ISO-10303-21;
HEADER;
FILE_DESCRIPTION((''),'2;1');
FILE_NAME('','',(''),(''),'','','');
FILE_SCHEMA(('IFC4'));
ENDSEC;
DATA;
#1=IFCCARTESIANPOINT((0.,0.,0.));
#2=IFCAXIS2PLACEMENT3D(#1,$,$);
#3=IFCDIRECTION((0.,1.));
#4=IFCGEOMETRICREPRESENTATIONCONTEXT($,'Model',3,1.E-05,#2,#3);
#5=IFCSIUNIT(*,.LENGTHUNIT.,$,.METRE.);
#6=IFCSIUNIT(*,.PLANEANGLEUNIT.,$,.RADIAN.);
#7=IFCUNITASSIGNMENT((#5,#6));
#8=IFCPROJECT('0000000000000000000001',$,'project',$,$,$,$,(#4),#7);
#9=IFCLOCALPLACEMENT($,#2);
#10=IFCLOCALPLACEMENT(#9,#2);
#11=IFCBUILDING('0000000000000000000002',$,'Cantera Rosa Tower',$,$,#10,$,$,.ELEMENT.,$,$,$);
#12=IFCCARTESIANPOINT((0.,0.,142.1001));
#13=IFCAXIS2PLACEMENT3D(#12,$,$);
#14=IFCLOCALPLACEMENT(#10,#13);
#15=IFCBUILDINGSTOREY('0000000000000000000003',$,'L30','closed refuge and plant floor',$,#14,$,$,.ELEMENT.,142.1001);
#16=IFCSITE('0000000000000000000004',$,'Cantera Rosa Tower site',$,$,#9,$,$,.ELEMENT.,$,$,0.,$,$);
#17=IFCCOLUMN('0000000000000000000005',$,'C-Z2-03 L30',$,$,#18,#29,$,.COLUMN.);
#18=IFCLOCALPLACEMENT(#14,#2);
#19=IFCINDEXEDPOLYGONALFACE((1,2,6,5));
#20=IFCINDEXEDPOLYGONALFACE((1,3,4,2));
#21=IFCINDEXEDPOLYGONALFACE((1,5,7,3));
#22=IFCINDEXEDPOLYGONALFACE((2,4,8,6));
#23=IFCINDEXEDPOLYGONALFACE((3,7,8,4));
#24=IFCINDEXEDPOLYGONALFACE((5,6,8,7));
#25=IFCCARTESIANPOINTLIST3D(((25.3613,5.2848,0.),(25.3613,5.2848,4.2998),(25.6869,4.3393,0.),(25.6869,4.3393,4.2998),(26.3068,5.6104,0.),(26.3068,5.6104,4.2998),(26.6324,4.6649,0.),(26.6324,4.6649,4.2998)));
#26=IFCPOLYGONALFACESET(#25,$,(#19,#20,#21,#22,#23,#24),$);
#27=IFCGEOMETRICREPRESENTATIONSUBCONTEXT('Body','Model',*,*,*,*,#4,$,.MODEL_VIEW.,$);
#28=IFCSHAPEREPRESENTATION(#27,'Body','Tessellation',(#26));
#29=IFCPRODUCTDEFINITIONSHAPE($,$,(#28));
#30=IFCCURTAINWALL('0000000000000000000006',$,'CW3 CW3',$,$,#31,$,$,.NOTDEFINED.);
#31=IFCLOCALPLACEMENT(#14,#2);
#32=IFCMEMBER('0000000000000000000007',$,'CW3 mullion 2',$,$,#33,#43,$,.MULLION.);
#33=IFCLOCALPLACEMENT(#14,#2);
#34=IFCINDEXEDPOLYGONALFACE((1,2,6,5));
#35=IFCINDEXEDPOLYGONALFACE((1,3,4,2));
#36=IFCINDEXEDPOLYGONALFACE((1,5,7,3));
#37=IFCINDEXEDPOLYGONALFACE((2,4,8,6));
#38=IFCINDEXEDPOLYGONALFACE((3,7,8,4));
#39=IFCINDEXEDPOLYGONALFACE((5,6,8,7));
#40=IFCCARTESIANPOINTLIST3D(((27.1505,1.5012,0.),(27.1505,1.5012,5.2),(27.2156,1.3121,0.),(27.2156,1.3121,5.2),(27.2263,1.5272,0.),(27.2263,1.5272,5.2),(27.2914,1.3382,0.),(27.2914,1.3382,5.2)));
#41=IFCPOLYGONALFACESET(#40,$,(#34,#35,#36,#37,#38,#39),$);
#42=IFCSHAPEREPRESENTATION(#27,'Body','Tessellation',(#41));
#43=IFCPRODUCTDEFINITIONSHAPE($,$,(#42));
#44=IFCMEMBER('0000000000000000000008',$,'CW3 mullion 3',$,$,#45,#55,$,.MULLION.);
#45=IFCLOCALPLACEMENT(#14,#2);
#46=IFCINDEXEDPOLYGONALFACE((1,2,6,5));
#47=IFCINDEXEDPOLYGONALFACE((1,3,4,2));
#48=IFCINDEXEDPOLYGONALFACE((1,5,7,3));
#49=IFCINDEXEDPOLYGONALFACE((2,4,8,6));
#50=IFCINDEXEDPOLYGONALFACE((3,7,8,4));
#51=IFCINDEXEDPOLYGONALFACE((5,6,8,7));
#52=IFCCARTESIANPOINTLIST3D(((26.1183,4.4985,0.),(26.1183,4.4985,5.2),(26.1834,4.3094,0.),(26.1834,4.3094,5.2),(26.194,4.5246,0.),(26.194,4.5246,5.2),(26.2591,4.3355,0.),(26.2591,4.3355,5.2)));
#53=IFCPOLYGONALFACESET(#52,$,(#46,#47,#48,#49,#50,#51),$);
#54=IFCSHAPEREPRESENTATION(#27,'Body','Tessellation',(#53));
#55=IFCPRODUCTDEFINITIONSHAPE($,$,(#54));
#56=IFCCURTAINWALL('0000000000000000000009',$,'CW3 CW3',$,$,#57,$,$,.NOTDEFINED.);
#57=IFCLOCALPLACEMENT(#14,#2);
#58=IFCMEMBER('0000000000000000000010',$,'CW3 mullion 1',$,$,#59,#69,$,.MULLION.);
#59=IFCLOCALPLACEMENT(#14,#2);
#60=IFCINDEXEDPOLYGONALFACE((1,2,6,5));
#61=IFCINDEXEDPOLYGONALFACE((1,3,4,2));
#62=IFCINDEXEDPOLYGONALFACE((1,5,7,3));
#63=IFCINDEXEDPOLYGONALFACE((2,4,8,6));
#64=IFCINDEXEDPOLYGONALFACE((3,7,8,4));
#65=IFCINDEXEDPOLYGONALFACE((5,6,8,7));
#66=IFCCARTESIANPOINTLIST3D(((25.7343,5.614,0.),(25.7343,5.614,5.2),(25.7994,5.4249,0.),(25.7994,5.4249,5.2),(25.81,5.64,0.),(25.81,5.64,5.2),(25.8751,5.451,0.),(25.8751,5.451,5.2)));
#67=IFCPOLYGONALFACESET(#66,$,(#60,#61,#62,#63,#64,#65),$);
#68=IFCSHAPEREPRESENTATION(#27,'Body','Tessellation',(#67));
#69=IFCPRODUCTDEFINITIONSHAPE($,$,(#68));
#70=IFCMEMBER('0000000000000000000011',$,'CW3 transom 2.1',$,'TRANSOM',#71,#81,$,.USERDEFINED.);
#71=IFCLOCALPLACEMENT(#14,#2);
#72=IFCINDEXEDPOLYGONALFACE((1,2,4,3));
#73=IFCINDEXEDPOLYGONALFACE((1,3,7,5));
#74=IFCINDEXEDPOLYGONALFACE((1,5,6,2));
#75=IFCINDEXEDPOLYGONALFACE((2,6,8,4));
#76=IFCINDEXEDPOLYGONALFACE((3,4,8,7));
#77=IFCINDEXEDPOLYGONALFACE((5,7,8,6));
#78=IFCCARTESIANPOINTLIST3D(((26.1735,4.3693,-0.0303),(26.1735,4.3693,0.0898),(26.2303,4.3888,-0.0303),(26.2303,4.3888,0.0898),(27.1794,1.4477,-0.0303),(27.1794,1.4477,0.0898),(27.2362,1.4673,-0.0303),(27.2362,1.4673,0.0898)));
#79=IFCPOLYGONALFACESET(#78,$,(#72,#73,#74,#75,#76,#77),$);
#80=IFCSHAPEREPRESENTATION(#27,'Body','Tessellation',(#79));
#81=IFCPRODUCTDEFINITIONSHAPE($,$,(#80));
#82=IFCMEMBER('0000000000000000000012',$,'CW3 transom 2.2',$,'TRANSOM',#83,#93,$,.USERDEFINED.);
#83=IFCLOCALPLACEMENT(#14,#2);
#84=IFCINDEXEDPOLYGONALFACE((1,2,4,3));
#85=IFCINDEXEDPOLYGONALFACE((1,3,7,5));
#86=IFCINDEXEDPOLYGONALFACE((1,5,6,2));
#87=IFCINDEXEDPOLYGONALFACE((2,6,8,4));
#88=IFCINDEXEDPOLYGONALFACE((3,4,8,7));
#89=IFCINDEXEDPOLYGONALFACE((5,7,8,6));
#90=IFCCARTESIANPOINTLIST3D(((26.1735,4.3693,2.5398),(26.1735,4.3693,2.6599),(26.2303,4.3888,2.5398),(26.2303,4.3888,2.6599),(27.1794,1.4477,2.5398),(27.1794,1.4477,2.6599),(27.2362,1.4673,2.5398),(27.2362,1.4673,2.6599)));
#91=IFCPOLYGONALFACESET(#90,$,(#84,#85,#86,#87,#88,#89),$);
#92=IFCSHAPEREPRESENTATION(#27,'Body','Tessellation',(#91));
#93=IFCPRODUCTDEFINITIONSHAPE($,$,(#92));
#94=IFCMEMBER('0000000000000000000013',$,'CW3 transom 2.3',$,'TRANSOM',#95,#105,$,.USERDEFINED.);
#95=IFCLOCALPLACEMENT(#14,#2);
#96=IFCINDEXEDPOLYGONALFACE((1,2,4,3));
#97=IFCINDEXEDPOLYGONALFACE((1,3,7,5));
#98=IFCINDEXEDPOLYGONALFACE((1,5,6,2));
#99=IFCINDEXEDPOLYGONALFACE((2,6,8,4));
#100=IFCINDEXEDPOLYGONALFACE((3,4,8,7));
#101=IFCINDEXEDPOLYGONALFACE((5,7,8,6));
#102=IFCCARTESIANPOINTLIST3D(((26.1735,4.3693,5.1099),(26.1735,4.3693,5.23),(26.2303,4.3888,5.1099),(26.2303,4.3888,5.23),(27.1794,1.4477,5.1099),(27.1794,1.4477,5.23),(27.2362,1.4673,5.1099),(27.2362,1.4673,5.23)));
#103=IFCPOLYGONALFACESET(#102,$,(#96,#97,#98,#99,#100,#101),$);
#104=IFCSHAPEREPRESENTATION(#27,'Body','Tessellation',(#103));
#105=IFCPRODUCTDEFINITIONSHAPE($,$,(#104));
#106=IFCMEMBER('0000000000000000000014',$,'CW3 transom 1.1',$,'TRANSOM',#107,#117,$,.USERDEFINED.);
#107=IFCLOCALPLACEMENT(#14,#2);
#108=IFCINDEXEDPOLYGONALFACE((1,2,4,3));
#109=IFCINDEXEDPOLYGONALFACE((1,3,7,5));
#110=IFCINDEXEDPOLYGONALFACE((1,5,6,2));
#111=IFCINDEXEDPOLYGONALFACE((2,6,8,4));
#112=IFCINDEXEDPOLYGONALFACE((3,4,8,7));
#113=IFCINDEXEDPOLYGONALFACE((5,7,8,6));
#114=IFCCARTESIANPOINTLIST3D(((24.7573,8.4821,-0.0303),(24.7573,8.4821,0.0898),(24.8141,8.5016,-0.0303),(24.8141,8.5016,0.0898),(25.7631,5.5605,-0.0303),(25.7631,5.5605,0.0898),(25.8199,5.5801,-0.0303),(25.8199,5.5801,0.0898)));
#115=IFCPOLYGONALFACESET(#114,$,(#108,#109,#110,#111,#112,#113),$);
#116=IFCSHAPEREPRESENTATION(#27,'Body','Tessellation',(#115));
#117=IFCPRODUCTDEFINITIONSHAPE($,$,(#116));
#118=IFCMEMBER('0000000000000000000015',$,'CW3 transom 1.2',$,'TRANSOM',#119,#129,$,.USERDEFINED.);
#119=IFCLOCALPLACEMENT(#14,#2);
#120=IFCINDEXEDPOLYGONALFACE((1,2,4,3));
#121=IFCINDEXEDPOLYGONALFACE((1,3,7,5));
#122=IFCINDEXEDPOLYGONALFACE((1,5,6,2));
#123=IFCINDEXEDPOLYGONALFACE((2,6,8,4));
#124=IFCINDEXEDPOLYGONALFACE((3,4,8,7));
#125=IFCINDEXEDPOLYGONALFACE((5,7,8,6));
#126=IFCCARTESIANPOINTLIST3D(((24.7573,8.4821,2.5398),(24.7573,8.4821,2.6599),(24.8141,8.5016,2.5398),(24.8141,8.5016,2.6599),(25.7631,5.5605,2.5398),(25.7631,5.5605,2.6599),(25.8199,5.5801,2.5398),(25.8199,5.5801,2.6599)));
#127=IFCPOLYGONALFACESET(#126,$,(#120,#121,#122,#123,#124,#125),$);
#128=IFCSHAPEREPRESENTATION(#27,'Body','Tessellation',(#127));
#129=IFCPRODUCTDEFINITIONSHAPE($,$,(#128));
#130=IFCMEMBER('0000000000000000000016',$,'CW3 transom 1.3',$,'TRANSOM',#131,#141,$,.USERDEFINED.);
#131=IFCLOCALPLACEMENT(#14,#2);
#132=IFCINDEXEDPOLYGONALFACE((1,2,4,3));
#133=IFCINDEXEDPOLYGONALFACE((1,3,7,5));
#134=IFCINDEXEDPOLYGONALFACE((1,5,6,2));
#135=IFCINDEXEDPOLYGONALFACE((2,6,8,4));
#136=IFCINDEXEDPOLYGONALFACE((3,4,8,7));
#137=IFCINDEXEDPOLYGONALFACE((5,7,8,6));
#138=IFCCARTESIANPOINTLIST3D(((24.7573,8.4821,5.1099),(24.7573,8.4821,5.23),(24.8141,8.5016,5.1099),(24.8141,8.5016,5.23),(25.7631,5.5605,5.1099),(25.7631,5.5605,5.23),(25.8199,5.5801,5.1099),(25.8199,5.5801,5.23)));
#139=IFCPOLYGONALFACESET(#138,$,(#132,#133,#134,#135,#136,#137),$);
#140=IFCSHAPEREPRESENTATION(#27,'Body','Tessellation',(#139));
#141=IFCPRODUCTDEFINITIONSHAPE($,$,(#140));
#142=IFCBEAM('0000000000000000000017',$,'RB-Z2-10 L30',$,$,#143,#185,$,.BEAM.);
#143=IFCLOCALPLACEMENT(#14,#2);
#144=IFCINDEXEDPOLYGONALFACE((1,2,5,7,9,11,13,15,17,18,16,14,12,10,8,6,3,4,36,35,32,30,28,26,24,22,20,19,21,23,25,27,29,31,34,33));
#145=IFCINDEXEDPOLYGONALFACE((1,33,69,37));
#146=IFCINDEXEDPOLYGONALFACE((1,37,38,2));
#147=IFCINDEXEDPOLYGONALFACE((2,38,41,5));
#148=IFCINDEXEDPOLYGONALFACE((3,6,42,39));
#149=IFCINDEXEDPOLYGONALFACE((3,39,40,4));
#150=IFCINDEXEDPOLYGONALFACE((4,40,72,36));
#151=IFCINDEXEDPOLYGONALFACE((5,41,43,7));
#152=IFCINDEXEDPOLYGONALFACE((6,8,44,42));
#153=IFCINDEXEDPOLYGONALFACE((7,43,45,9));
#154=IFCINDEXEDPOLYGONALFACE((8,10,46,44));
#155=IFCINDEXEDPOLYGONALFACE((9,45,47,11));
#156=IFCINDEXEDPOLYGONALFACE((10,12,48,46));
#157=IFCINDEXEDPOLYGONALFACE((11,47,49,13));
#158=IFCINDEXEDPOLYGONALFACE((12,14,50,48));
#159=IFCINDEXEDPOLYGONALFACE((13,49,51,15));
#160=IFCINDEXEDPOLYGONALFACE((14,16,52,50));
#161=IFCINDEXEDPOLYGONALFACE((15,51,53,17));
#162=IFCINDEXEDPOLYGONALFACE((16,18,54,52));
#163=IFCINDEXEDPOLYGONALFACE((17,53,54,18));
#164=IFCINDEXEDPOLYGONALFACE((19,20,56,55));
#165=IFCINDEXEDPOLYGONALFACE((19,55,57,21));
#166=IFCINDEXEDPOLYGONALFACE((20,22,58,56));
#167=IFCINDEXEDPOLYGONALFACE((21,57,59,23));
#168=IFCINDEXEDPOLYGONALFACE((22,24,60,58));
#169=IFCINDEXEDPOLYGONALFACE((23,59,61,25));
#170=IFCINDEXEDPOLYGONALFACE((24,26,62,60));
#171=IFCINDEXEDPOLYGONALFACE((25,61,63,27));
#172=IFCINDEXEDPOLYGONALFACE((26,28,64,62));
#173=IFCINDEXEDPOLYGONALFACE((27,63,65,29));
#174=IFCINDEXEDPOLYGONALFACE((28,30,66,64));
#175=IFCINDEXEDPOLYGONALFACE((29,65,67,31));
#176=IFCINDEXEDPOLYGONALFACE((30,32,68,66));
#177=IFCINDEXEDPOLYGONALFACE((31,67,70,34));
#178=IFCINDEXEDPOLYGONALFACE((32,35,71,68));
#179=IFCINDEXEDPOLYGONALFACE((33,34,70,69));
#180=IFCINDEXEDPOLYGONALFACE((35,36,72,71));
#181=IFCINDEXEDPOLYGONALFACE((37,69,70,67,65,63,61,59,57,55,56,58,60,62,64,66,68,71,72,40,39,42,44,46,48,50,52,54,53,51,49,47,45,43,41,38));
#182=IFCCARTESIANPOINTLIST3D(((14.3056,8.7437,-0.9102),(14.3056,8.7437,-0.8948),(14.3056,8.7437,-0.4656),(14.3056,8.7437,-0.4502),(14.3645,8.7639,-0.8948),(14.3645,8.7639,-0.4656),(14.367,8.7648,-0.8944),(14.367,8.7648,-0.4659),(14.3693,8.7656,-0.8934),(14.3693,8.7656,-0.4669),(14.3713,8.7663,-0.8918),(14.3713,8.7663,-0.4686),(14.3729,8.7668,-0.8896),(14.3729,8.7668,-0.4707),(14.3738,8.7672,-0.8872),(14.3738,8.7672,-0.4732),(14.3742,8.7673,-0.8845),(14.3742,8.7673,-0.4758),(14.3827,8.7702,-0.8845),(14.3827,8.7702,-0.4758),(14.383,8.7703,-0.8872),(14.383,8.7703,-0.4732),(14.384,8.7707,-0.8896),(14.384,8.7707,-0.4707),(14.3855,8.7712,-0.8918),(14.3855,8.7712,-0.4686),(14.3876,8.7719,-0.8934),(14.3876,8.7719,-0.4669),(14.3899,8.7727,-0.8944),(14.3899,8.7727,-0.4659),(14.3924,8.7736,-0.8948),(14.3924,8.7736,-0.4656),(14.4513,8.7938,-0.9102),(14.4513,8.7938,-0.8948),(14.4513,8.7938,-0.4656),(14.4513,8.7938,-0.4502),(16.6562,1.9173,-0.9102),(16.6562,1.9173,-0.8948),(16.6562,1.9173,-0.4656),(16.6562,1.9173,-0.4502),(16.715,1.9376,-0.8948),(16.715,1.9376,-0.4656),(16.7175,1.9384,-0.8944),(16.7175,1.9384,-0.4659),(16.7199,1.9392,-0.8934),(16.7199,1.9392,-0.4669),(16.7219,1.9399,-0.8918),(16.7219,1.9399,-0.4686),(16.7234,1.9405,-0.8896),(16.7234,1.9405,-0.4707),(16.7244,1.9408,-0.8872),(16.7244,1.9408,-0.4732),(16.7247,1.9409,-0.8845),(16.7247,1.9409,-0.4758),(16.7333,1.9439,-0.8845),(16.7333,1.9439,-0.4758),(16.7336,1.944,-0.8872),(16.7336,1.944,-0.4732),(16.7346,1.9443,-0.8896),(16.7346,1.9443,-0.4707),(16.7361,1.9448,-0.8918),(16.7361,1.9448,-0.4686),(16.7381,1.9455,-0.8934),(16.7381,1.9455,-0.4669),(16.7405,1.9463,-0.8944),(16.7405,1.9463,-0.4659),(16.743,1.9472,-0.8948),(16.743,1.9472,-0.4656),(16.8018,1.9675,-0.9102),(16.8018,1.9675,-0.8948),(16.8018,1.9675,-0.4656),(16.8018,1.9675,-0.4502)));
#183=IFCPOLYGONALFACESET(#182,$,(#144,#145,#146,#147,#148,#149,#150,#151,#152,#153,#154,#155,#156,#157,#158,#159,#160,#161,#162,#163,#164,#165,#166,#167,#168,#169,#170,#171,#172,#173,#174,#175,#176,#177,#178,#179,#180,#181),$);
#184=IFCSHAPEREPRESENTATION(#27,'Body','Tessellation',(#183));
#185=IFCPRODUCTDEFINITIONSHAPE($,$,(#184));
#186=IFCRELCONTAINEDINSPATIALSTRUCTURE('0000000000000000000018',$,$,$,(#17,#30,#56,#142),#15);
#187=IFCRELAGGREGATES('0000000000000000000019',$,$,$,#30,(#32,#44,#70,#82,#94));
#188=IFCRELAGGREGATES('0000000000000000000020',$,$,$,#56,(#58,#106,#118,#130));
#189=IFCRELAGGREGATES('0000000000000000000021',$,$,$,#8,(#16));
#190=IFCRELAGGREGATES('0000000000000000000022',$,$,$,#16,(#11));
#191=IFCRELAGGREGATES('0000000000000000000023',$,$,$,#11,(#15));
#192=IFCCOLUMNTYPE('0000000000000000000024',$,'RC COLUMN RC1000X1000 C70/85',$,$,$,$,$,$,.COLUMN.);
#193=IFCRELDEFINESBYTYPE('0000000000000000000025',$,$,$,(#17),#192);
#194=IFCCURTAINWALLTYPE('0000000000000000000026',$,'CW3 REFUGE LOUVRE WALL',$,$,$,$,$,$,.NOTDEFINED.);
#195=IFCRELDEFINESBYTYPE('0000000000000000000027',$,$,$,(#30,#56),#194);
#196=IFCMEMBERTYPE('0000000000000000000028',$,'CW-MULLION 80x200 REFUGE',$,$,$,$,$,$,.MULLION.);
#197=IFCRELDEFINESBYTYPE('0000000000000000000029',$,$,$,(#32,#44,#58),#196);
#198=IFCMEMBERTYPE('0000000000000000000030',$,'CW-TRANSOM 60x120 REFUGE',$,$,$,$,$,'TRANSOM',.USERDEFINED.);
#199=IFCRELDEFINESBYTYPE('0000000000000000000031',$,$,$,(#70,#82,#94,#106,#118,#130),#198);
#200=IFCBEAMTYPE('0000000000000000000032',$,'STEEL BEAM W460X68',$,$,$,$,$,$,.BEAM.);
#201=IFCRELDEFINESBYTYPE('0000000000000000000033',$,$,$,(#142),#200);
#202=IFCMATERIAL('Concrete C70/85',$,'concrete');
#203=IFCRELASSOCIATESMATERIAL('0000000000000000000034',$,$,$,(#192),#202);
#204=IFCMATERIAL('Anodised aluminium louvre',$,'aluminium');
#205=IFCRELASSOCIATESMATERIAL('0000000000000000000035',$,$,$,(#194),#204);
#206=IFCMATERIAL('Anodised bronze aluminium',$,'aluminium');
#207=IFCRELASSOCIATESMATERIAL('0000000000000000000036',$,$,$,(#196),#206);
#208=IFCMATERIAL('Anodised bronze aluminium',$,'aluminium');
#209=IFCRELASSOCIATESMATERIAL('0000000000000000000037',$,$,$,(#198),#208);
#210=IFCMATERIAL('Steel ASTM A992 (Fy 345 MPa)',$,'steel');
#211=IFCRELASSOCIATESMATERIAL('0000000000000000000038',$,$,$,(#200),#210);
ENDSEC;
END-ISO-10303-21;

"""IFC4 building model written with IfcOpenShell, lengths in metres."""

from ifc_helpers import new_model, si_unit, direction, frame, origin, origin_2d, place, context, subcontext, project, spatial, rectangle, i_section, extrude, material, material_profile, profile_set, type_object, element, aggregate, save


model = new_model("IFC4")

# Units and contexts
model_context = context("Model", 3, precision=1e-05, world=origin(), true_north=direction((0.0, 1.0)))
body_context = subcontext(model_context, "Body", "Model", "MODEL_VIEW")
ifc_project = project(units=[si_unit("LENGTHUNIT", "METRE"), si_unit("PLANEANGLEUNIT", "RADIAN")], contexts=[model_context])

# Site, building, storey
site_placement = place(None, origin())
site = spatial("IfcSite", under=ifc_project, at=site_placement, Name="Cantera Rosa Tower site", CompositionType="ELEMENT", RefElevation=0.0)
building_placement = place(site_placement, origin())
building = spatial("IfcBuilding", under=site, at=building_placement, Name="Cantera Rosa Tower", CompositionType="ELEMENT")
storey_placement = place(building_placement, frame((0.0, 0.0, 142.1001)))
storey = spatial("IfcBuildingStorey", under=building, at=storey_placement, Name="L30", Description="closed refuge and plant floor", CompositionType="ELEMENT", Elevation=142.1001)

# Column
ifc_material_1 = material(Name="Concrete C70/85", Category="concrete")
ifc_material_profile_1 = material_profile(ifc_material_1, rectangle(XDim=1.0, YDim=1.0, at=origin_2d()), Name="RC COLUMN RC1000X1000 C70/85")
ifc_profile_set_1 = profile_set([ifc_material_profile_1], Name="Concrete C70/85")
column_type = type_object("IfcColumnType", Name="RC COLUMN RC1000X1000 C70/85", PredefinedType="COLUMN", material=ifc_profile_set_1)
column_placement = place(storey_placement, frame((25.9968, 4.9749, 0.0), z_axis=(0.0, 0.0, 1.0), x_axis=(0.945519, 0.325568, 0.0)))
element("IfcColumn", 1, at=column_placement, inside=storey, type_object=column_type, Name="C-Z2-03 L30", PredefinedType="COLUMN", context=body_context, shape_type="SweptSolid", body=[
    extrude(rectangle(XDim=1.0, YDim=1.0, at=origin_2d()), origin(), (0.0, 0.0, 1.0), 4.2998),
])

# Curtain wall, members
ifc_material_2 = material(Name="Anodised aluminium louvre", Category="aluminium")
curtain_wall_type = type_object("IfcCurtainWallType", Name="CW3 REFUGE LOUVRE WALL", PredefinedType="NOTDEFINED", material=ifc_material_2)
curtain_wall_1_placement = place(storey_placement, origin())
curtain_wall_1 = element("IfcCurtainWall", 2, at=curtain_wall_1_placement, inside=storey, type_object=curtain_wall_type, Name="CW3 CW3", PredefinedType="NOTDEFINED")
ifc_material_3 = material(Name="Anodised bronze aluminium", Category="aluminium")
ifc_material_profile_2 = material_profile(ifc_material_3, rectangle(XDim=0.0801, YDim=0.2, at=origin_2d()), Name="CW-MULLION 80x200 REFUGE")
ifc_profile_set_2 = profile_set([ifc_material_profile_2], Name="Anodised bronze aluminium")
member_type_1 = type_object("IfcMemberType", Name="CW-MULLION 80x200 REFUGE", PredefinedType="MULLION", material=ifc_profile_set_2)
member_1_placement = place(storey_placement, frame((27.2209, 1.4197, 0.0), z_axis=(0.0, 0.0, 1.0), x_axis=(-0.945519, -0.325568, 0.0)))
member_1 = element("IfcMember", 3, at=member_1_placement, type_object=member_type_1, Name="CW3 mullion 2", PredefinedType="MULLION", context=body_context, shape_type="SweptSolid", body=[
    extrude(rectangle(XDim=0.0801, YDim=0.2, at=origin_2d()), origin(), (0.0, 0.0, 1.0), 5.2),
])
member_2_placement = place(storey_placement, frame((26.1887, 4.417, 0.0), z_axis=(0.0, 0.0, 1.0), x_axis=(-0.945519, -0.325568, 0.0)))
member_2 = element("IfcMember", 4, at=member_2_placement, type_object=member_type_1, Name="CW3 mullion 3", PredefinedType="MULLION", context=body_context, shape_type="SweptSolid", body=[
    extrude(rectangle(XDim=0.0801, YDim=0.2, at=origin_2d()), origin(), (0.0, 0.0, 1.0), 5.2),
])

# Curtain wall, member
curtain_wall_2_placement = place(storey_placement, origin())
curtain_wall_2 = element("IfcCurtainWall", 5, at=curtain_wall_2_placement, inside=storey, type_object=curtain_wall_type, Name="CW3 CW3", PredefinedType="NOTDEFINED")
member_3_placement = place(storey_placement, frame((25.8047, 5.5325, 0.0), z_axis=(0.0, 0.0, 1.0), x_axis=(-0.945519, -0.325568, 0.0)))
member_3 = element("IfcMember", 6, at=member_3_placement, type_object=member_type_1, Name="CW3 mullion 1", PredefinedType="MULLION", context=body_context, shape_type="SweptSolid", body=[
    extrude(rectangle(XDim=0.0801, YDim=0.2, at=origin_2d()), origin(), (0.0, 0.0, 1.0), 5.2),
])

# Members
ifc_material_4 = material(Name="Anodised bronze aluminium", Category="aluminium")
ifc_material_profile_3 = material_profile(ifc_material_4, rectangle(XDim=0.0601, YDim=0.1201, at=origin_2d()), Name="CW-TRANSOM 60x120 REFUGE")
ifc_profile_set_3 = profile_set([ifc_material_profile_3], Name="Anodised bronze aluminium")
member_type_2 = type_object("IfcMemberType", Name="CW-TRANSOM 60x120 REFUGE", ElementType="TRANSOM", PredefinedType="USERDEFINED", material=ifc_profile_set_3)
member_4_placement = place(storey_placement, frame((27.2078, 1.4575, 0.0298), z_axis=(-0.325528, 0.945532, 0.0), x_axis=(-0.945532, -0.325528, 0.0)))
member_4 = element("IfcMember", 7, at=member_4_placement, type_object=member_type_2, Name="CW3 transom 2.1", ObjectType="TRANSOM", PredefinedType="USERDEFINED", context=body_context, shape_type="SweptSolid", body=[
    extrude(rectangle(XDim=0.0601, YDim=0.1201, at=origin_2d()), origin(), (0.0, 0.0, 1.0), 3.0898),
])
member_5_placement = place(storey_placement, frame((27.2078, 1.4575, 2.5999), z_axis=(-0.325528, 0.945532, 0.0), x_axis=(-0.945532, -0.325528, 0.0)))
member_5 = element("IfcMember", 8, at=member_5_placement, type_object=member_type_2, Name="CW3 transom 2.2", ObjectType="TRANSOM", PredefinedType="USERDEFINED", context=body_context, shape_type="SweptSolid", body=[
    extrude(rectangle(XDim=0.0601, YDim=0.1201, at=origin_2d()), origin(), (0.0, 0.0, 1.0), 3.0898),
])
member_6_placement = place(storey_placement, frame((27.2078, 1.4575, 5.1699), z_axis=(-0.325528, 0.945532, 0.0), x_axis=(-0.945532, -0.325528, 0.0)))
member_6 = element("IfcMember", 9, at=member_6_placement, type_object=member_type_2, Name="CW3 transom 2.3", ObjectType="TRANSOM", PredefinedType="USERDEFINED", context=body_context, shape_type="SweptSolid", body=[
    extrude(rectangle(XDim=0.0601, YDim=0.1201, at=origin_2d()), origin(), (0.0, 0.0, 1.0), 3.0898),
])
member_7_placement = place(storey_placement, frame((25.7915, 5.5703, 0.0298), z_axis=(-0.325528, 0.945532, 0.0), x_axis=(-0.945532, -0.325528, 0.0)))
member_7 = element("IfcMember", 10, at=member_7_placement, type_object=member_type_2, Name="CW3 transom 1.1", ObjectType="TRANSOM", PredefinedType="USERDEFINED", context=body_context, shape_type="SweptSolid", body=[
    extrude(rectangle(XDim=0.0601, YDim=0.1201, at=origin_2d()), origin(), (0.0, 0.0, 1.0), 3.0898),
])
member_8_placement = place(storey_placement, frame((25.7915, 5.5703, 2.5999), z_axis=(-0.325528, 0.945532, 0.0), x_axis=(-0.945532, -0.325528, 0.0)))
member_8 = element("IfcMember", 11, at=member_8_placement, type_object=member_type_2, Name="CW3 transom 1.2", ObjectType="TRANSOM", PredefinedType="USERDEFINED", context=body_context, shape_type="SweptSolid", body=[
    extrude(rectangle(XDim=0.0601, YDim=0.1201, at=origin_2d()), origin(), (0.0, 0.0, 1.0), 3.0898),
])
member_9_placement = place(storey_placement, frame((25.7915, 5.5703, 5.1699), z_axis=(-0.325528, 0.945532, 0.0), x_axis=(-0.945532, -0.325528, 0.0)))
member_9 = element("IfcMember", 12, at=member_9_placement, type_object=member_type_2, Name="CW3 transom 1.3", ObjectType="TRANSOM", PredefinedType="USERDEFINED", context=body_context, shape_type="SweptSolid", body=[
    extrude(rectangle(XDim=0.0601, YDim=0.1201, at=origin_2d()), origin(), (0.0, 0.0, 1.0), 3.0898),
])

# Beam
ifc_material_5 = material(Name="Steel ASTM A992 (Fy 345 MPa)", Category="steel")
ifc_material_profile_4 = material_profile(ifc_material_5, i_section(OverallWidth=0.1541, OverallDepth=0.46, WebThickness=0.009, FlangeThickness=0.0154, FilletRadius=0.0103, at=origin_2d()), Name="W460X68")
ifc_profile_set_4 = profile_set([ifc_material_profile_4], Name="Steel ASTM A992 (Fy 345 MPa)")
beam_type_1 = type_object("IfcBeamType", Name="STEEL BEAM W460X68", PredefinedType="BEAM", material=ifc_profile_set_4)
beam_1_placement = place(storey_placement, frame((16.729, 1.9424, -0.6802), z_axis=(-0.325576, 0.945516, 0.0), x_axis=(-0.945516, -0.325576, 0.0)))
element("IfcBeam", 13, at=beam_1_placement, inside=storey, type_object=beam_type_1, Name="RB-Z2-10 L30", PredefinedType="BEAM", context=body_context, shape_type="SweptSolid", body=[
    extrude(i_section(OverallWidth=0.1541, OverallDepth=0.46, WebThickness=0.009, FlangeThickness=0.0154, FilletRadius=0.0103, at=origin_2d()), origin(), (0.0, 0.0, 1.0), 7.2197),
])

aggregate(curtain_wall_1, [member_1, member_2, member_4, member_5, member_6])
aggregate(curtain_wall_2, [member_3, member_7, member_8, member_9])

save(model, "model.ifc")
